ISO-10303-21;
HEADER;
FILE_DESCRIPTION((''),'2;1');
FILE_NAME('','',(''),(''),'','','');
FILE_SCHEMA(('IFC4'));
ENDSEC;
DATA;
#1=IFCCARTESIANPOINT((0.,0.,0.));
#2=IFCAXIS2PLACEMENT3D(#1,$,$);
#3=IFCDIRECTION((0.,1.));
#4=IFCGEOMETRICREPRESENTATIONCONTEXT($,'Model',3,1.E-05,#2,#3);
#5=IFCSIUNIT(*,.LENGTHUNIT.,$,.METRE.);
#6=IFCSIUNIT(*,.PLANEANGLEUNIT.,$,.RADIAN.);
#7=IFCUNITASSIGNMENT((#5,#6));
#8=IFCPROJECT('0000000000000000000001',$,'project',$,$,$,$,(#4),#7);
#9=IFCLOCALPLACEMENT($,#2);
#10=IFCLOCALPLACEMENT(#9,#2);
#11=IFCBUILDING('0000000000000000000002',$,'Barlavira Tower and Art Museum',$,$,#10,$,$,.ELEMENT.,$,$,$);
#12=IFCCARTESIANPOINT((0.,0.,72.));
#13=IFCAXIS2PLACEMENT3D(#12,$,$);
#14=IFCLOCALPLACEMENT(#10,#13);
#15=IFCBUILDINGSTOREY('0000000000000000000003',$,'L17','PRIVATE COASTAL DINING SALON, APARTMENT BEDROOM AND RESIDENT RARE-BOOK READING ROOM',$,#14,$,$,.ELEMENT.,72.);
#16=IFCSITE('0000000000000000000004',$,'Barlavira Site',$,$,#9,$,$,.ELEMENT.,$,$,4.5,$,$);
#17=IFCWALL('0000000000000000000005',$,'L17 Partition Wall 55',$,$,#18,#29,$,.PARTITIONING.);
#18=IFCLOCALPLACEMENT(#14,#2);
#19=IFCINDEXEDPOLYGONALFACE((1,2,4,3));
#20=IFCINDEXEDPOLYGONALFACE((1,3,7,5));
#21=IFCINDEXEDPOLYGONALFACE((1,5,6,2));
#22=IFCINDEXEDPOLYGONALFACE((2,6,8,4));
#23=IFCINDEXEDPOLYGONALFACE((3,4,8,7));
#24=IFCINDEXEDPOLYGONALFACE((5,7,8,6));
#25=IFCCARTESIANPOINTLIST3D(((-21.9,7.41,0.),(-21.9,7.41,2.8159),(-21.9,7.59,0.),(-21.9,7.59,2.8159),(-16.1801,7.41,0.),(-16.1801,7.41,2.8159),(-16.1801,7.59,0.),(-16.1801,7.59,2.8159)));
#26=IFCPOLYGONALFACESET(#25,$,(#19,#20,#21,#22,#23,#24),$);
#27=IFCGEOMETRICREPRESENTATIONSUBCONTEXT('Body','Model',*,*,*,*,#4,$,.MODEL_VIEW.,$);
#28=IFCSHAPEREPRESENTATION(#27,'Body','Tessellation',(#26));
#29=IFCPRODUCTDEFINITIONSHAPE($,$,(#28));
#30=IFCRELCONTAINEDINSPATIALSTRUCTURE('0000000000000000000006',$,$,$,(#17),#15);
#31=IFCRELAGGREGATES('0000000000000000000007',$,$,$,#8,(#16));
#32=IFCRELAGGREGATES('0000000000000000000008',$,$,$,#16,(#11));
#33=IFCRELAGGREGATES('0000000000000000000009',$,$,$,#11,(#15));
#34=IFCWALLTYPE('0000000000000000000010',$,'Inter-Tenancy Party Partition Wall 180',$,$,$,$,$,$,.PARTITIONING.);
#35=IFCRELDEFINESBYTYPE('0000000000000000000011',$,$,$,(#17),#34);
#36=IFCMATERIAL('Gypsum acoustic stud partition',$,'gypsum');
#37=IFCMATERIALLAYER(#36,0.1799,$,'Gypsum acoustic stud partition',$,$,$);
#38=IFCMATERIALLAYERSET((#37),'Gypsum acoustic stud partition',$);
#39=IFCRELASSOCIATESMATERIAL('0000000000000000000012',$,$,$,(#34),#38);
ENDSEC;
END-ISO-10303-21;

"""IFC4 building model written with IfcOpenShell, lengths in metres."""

from ifc_helpers import new_model, si_unit, direction, frame, frame_2d, origin, place, context, subcontext, project, spatial, rectangle, extrude, material, layer, layer_set, type_object, element, save


model = new_model("IFC4")

# Units and contexts
model_context = context("Model", 3, precision=1e-05, world=origin(), true_north=direction((0.0, 1.0)))
body_context = subcontext(model_context, "Body", "Model", "MODEL_VIEW")
ifc_project = project(units=[si_unit("LENGTHUNIT", "METRE"), si_unit("PLANEANGLEUNIT", "RADIAN")], contexts=[model_context])

# Site, building, storey
site_placement = place(None, origin())
site = spatial("IfcSite", under=ifc_project, at=site_placement, Name="Barlavira Site", CompositionType="ELEMENT", RefElevation=4.5)
building_placement = place(site_placement, origin())
building = spatial("IfcBuilding", under=site, at=building_placement, Name="Barlavira Tower and Art Museum", CompositionType="ELEMENT")
storey_placement = place(building_placement, frame((0.0, 0.0, 72.0)))
storey = spatial("IfcBuildingStorey", under=building, at=storey_placement, Name="L17", Description="PRIVATE COASTAL DINING SALON, APARTMENT BEDROOM AND RESIDENT RARE-BOOK READING ROOM", CompositionType="ELEMENT", Elevation=72.0)

# Shared definitions
ifc_material_1 = material(Name="Gypsum acoustic stud partition", Category="gypsum")

# Wall
ifc_layer_1 = layer(ifc_material_1, 0.1799, Name="Gypsum acoustic stud partition")
ifc_layer_set_1 = layer_set([ifc_layer_1], Name="Gypsum acoustic stud partition")
wall_type_1 = type_object("IfcWallType", Name="Inter-Tenancy Party Partition Wall 180", PredefinedType="PARTITIONING", material=ifc_layer_set_1)
wall_1_placement = place(storey_placement, frame((-21.8999, 7.5, 0.0), z_axis=(0.0, 0.0, 1.0), x_axis=(1.0, 0.0, 0.0)))
element("IfcWall", 1, at=wall_1_placement, inside=storey, type_object=wall_type_1, Name="L17 Partition Wall 55", PredefinedType="PARTITIONING", context=body_context, shape_type="SweptSolid", body=[
    extrude(rectangle(XDim=5.72, YDim=0.1799, at=frame_2d((2.8599, 0.0))), origin(), (0.0, 0.0, 1.0), 2.8159),
])

save(model, "model.ifc")
